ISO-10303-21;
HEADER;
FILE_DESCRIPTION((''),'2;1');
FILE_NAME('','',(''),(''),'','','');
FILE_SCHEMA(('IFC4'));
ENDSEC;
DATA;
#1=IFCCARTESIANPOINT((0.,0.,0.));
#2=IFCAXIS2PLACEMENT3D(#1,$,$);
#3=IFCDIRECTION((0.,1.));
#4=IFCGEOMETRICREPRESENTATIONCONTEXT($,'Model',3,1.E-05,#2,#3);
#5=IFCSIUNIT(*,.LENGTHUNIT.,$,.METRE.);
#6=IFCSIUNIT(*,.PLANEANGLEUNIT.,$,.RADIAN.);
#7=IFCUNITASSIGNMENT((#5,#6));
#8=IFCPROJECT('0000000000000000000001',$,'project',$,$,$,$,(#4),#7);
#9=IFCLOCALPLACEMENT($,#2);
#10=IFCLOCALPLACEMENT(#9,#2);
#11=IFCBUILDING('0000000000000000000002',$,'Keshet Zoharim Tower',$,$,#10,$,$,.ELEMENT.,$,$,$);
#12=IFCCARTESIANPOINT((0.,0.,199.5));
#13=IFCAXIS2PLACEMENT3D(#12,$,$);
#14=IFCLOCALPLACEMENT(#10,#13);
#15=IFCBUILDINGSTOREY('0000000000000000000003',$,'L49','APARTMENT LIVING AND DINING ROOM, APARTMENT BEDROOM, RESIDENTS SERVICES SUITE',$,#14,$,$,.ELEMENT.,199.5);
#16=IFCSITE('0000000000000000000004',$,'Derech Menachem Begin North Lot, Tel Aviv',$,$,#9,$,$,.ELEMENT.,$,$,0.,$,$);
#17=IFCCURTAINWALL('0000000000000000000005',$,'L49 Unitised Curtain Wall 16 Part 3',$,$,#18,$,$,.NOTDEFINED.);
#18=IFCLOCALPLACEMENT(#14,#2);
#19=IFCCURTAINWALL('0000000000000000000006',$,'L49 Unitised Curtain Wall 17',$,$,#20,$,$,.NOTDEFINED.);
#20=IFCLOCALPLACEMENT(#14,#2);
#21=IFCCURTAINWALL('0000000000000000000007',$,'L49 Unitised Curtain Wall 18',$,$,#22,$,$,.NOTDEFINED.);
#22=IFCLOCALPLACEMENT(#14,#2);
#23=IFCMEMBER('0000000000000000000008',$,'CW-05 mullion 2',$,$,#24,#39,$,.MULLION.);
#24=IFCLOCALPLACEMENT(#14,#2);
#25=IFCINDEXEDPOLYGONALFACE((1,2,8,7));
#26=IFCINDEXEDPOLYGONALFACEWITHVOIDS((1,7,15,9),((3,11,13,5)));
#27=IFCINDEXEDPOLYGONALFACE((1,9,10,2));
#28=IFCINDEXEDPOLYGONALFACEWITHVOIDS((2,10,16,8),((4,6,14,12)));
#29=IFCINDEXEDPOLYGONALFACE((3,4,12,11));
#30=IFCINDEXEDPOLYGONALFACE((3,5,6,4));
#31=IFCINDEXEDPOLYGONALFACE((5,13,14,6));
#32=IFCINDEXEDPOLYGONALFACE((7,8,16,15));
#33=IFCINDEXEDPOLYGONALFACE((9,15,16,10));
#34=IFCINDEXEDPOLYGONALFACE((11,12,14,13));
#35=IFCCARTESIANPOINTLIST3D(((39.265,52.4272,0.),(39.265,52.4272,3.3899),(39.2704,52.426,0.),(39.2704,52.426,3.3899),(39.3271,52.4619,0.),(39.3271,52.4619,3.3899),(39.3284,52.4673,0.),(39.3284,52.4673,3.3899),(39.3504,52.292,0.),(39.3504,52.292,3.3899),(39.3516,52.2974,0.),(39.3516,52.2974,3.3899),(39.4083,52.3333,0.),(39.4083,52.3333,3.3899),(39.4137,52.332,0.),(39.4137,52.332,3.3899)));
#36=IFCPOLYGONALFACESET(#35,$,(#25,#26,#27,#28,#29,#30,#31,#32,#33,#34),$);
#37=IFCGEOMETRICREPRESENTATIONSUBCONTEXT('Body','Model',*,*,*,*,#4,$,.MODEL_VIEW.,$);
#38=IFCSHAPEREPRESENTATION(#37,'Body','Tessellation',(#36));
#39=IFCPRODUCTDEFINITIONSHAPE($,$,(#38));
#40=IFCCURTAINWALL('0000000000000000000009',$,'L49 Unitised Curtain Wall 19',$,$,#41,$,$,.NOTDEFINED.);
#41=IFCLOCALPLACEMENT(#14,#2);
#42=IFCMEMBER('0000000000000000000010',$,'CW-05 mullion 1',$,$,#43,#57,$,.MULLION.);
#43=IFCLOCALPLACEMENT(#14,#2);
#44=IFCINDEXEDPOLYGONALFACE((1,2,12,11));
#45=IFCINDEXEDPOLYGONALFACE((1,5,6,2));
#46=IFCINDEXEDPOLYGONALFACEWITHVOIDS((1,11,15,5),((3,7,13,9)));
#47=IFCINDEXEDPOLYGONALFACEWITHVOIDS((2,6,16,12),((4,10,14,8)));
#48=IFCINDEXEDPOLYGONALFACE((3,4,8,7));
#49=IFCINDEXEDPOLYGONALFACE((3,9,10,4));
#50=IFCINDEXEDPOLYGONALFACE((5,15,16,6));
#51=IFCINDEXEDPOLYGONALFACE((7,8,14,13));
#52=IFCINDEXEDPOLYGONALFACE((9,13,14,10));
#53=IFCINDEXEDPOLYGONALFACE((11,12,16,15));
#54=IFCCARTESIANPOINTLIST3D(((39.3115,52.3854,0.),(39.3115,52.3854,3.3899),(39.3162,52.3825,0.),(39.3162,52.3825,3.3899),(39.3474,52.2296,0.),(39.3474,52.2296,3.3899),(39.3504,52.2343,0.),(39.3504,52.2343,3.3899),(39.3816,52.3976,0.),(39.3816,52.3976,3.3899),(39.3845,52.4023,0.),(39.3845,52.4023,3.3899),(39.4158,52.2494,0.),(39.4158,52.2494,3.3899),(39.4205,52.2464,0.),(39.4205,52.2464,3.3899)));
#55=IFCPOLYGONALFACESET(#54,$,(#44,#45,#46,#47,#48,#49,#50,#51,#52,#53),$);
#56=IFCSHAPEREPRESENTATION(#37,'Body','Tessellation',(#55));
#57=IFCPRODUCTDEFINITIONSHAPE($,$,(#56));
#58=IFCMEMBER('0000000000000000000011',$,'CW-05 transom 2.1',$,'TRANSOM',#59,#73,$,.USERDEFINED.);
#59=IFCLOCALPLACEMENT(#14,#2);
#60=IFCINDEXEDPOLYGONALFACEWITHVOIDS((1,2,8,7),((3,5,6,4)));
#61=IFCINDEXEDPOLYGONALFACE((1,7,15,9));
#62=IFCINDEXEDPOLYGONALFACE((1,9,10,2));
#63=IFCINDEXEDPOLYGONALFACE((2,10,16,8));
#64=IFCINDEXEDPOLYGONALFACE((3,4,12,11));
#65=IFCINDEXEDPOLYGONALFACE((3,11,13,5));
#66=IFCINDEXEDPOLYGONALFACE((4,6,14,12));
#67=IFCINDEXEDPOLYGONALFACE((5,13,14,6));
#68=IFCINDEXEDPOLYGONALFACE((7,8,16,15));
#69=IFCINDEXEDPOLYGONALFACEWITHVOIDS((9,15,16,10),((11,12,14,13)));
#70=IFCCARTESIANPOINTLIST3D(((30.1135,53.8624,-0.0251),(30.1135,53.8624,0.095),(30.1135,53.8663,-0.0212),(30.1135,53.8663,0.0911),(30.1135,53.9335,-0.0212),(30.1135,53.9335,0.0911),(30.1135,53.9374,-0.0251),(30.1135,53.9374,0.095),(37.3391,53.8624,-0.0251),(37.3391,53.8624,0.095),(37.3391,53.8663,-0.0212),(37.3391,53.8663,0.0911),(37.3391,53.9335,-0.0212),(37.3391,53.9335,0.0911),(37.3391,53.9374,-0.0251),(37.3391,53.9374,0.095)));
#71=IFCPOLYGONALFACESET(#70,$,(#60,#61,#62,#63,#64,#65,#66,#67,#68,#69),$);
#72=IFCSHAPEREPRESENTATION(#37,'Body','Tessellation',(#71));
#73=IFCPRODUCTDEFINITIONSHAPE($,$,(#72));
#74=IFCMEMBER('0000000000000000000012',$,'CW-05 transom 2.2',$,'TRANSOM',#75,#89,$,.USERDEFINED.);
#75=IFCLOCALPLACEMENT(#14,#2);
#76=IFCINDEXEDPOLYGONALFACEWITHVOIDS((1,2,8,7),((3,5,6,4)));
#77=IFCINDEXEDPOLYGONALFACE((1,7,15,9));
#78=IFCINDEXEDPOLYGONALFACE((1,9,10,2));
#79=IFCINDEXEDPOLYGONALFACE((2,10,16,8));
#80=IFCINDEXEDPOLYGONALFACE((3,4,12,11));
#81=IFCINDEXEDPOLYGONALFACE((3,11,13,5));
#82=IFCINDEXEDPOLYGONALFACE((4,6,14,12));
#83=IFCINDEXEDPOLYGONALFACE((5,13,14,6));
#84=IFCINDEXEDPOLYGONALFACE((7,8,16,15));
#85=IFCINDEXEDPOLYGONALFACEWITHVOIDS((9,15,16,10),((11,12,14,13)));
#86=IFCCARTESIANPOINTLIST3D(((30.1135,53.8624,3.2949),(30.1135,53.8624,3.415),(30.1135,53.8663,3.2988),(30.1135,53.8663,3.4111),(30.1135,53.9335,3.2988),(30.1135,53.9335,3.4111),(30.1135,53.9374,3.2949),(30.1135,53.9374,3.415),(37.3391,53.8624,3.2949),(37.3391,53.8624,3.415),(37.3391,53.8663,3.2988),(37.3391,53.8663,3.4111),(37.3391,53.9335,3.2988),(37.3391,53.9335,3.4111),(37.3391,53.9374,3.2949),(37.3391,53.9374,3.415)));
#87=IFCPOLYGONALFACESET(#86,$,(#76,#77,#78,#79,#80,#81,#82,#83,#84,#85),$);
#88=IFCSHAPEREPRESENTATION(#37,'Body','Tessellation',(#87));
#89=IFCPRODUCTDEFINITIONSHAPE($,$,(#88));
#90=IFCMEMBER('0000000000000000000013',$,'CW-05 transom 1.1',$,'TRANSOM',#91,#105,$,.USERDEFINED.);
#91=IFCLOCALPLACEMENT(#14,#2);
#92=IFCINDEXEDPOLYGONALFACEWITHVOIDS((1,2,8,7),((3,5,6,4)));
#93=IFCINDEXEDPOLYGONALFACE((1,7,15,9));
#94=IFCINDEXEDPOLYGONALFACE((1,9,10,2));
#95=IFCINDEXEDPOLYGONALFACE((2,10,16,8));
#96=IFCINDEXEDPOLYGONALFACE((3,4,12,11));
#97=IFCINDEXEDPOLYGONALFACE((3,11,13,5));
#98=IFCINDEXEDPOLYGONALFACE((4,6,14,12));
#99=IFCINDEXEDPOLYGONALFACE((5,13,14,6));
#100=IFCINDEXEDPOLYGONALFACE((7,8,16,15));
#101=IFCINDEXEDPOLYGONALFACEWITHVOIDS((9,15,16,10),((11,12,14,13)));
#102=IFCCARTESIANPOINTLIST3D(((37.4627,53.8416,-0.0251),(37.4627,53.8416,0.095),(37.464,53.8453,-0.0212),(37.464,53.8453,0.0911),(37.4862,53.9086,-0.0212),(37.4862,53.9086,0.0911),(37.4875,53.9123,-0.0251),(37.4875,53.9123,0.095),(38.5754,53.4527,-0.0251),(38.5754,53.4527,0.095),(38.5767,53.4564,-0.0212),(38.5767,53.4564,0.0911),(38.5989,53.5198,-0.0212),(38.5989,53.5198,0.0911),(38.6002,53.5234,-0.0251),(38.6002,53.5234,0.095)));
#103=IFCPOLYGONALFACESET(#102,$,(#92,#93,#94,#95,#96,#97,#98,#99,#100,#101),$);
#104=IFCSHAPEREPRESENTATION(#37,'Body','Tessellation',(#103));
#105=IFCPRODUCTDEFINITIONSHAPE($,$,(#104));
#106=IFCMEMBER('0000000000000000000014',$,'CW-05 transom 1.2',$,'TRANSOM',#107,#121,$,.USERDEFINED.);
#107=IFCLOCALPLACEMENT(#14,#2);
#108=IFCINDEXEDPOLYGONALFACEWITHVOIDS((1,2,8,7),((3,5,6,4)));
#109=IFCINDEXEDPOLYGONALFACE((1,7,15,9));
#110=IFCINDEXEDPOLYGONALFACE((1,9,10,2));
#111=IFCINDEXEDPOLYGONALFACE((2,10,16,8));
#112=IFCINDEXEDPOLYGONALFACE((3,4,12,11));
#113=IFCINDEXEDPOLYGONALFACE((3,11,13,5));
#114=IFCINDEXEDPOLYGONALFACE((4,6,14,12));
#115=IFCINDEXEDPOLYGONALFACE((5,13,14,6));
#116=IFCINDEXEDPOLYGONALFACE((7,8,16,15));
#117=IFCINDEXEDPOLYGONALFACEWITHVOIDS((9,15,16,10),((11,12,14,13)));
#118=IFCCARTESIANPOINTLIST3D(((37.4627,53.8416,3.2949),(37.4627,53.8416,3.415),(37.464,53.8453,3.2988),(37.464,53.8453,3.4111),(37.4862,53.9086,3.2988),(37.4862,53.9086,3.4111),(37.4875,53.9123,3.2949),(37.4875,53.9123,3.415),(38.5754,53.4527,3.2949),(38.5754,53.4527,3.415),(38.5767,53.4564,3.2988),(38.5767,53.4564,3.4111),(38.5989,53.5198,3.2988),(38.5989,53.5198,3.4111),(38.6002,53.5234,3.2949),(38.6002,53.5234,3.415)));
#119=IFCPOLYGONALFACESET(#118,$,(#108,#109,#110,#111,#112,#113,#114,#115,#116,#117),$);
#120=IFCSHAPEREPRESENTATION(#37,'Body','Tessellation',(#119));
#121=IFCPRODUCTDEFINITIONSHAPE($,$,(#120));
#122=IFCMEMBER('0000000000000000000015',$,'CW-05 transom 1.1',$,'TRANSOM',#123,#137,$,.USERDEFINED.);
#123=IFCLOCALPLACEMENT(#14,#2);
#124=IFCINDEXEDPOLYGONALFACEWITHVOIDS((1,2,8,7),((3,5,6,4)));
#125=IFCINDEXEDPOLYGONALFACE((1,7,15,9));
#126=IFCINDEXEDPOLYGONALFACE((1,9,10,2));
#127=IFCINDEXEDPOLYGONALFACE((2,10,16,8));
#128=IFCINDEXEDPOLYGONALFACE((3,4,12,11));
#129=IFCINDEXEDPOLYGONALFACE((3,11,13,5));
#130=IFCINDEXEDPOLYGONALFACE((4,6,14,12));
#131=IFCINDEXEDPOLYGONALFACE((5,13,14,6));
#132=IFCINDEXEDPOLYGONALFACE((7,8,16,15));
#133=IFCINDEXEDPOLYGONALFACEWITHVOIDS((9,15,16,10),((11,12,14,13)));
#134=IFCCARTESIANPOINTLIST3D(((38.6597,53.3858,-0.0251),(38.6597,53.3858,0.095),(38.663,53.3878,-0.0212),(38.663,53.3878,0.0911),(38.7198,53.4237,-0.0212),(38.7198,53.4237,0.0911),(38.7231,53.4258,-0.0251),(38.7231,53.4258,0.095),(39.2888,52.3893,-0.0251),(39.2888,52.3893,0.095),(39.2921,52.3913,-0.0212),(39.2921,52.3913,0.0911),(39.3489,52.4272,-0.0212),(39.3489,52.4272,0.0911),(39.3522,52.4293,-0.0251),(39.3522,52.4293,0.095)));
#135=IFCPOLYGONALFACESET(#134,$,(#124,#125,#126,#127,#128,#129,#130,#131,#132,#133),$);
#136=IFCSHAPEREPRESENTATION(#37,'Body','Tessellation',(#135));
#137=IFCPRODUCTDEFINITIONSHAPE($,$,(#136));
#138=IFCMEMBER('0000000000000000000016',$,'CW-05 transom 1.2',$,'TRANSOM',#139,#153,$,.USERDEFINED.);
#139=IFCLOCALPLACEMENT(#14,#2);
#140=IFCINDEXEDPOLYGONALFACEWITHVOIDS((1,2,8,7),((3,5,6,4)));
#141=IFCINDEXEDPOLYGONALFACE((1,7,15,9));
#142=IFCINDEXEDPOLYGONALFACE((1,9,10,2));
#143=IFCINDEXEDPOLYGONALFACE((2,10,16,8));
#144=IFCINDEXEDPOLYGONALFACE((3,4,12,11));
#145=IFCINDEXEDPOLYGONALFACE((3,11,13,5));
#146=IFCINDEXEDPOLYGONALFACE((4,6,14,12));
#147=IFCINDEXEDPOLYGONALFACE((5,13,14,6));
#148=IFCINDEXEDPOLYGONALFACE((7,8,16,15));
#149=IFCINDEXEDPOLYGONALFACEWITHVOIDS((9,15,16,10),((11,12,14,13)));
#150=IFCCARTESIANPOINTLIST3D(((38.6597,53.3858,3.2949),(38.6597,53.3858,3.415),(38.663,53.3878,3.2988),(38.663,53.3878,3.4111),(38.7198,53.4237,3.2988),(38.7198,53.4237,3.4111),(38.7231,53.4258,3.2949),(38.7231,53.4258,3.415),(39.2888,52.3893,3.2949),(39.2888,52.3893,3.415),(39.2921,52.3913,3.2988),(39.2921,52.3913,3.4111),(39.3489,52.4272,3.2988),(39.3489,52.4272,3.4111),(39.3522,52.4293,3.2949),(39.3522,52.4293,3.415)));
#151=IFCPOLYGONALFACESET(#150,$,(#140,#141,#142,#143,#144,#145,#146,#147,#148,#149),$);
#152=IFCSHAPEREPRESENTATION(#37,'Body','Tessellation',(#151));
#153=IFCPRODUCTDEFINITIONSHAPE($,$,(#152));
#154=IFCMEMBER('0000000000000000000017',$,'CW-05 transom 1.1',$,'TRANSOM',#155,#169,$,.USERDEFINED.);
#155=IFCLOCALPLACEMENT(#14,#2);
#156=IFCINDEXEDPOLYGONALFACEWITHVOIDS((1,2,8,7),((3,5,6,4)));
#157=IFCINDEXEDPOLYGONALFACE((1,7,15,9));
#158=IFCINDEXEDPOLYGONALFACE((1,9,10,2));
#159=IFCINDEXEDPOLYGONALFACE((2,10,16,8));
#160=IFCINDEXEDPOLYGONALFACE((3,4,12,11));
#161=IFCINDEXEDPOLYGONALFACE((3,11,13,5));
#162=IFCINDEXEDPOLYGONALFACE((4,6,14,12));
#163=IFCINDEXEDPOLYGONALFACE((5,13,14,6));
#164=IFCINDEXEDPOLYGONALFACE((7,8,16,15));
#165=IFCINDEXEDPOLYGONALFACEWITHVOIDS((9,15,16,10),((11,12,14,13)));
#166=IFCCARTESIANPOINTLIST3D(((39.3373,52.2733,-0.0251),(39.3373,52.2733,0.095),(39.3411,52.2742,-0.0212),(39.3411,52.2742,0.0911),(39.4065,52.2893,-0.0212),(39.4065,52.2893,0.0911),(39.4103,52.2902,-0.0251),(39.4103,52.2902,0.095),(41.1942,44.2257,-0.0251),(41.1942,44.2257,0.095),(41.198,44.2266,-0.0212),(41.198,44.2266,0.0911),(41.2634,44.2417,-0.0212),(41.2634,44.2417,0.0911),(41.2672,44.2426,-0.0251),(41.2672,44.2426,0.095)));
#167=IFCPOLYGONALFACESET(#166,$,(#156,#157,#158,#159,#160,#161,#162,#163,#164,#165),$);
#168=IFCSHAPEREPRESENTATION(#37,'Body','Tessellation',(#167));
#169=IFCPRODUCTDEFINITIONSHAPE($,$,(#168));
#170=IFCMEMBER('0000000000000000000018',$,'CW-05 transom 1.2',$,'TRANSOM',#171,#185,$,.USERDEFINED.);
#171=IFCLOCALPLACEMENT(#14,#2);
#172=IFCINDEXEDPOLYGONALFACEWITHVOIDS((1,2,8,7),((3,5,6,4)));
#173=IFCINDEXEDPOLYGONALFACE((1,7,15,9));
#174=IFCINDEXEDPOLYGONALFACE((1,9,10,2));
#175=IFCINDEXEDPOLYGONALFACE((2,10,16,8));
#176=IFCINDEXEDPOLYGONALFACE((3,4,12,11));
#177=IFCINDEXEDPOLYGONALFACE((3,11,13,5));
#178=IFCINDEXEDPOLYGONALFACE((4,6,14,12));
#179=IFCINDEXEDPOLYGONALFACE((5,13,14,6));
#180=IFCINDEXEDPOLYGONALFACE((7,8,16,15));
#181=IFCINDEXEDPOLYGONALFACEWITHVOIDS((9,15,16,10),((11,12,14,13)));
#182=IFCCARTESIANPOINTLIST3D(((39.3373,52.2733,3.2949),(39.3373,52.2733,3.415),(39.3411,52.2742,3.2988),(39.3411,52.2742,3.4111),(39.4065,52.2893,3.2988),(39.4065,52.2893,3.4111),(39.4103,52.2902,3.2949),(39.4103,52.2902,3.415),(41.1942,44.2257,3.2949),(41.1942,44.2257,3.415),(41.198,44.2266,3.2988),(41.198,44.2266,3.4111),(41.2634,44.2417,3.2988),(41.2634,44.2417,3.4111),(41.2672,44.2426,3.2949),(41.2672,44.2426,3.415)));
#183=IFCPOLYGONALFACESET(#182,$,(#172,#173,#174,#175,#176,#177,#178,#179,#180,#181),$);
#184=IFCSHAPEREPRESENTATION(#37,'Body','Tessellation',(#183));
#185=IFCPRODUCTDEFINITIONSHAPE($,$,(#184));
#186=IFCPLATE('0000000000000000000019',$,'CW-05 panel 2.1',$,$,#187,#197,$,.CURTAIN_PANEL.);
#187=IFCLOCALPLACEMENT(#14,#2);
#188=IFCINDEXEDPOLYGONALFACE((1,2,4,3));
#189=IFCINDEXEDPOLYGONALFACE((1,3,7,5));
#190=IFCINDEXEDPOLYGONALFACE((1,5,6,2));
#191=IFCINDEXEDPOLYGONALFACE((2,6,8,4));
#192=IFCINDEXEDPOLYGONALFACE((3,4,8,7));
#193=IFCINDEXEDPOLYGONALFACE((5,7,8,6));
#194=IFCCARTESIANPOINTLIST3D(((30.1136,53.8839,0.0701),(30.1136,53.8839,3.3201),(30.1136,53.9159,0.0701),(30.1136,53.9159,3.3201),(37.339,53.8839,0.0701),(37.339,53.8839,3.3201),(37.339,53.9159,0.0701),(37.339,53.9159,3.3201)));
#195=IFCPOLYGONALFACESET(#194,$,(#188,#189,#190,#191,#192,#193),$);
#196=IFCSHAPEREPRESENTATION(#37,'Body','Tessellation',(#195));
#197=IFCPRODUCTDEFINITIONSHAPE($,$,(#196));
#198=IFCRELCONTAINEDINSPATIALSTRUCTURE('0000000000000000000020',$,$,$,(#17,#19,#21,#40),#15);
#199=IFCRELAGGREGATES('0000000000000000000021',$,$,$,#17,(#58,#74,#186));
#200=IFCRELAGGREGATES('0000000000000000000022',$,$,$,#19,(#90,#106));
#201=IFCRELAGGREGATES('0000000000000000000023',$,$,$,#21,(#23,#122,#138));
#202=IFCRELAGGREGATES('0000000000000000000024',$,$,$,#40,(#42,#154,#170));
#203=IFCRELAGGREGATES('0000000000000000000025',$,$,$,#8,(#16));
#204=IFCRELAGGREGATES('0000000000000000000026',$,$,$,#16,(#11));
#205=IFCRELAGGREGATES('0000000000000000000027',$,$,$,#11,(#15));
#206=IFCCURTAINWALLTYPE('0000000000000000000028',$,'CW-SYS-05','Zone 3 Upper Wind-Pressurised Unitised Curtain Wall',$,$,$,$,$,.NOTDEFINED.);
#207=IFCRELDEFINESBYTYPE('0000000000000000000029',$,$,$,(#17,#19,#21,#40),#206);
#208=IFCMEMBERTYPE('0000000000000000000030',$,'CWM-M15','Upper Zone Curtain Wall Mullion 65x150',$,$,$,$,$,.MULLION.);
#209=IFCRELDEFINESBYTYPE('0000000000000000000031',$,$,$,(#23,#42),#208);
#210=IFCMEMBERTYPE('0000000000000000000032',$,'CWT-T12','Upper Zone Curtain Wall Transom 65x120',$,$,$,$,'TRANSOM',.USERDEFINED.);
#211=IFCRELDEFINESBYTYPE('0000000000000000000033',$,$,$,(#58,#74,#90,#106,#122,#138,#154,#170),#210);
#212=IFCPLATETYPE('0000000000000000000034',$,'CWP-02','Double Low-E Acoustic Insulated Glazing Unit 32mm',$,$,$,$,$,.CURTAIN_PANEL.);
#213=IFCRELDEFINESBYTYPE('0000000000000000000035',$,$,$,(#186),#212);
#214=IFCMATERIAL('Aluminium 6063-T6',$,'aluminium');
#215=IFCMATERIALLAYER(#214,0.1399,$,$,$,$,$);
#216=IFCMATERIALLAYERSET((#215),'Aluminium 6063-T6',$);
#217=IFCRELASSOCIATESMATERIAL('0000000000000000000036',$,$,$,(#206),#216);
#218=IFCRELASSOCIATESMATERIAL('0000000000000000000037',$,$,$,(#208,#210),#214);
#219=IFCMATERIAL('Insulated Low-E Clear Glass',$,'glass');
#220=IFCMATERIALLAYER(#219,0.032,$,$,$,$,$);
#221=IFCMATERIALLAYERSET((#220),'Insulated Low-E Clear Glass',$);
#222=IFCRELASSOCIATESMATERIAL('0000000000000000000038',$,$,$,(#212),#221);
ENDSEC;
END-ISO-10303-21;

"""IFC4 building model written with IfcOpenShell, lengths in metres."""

from ifc_helpers import new_model, si_unit, direction, frame, origin, origin_2d, place, context, subcontext, project, spatial, rectangle, hollow_rectangle, extrude, material, layer, layer_set, material_profile, profile_set, type_object, element, aggregate, save


model = new_model("IFC4")

# Units and contexts
model_context = context("Model", 3, precision=1e-05, world=origin(), true_north=direction((0.0, 1.0)))
body_context = subcontext(model_context, "Body", "Model", "MODEL_VIEW")
ifc_project = project(units=[si_unit("LENGTHUNIT", "METRE"), si_unit("PLANEANGLEUNIT", "RADIAN")], contexts=[model_context])

# Site, building, storey
site_placement = place(None, origin())
site = spatial("IfcSite", under=ifc_project, at=site_placement, Name="Derech Menachem Begin North Lot, Tel Aviv", CompositionType="ELEMENT", RefElevation=0.0)
building_placement = place(site_placement, origin())
building = spatial("IfcBuilding", under=site, at=building_placement, Name="Keshet Zoharim Tower", CompositionType="ELEMENT")
storey_placement = place(building_placement, frame((0.0, 0.0, 199.5)))
storey = spatial("IfcBuildingStorey", under=building, at=storey_placement, Name="L49", Description="APARTMENT LIVING AND DINING ROOM, APARTMENT BEDROOM, RESIDENTS SERVICES SUITE", CompositionType="ELEMENT", Elevation=199.5)

# Curtain walls, member
ifc_material_1 = material(Name="Aluminium 6063-T6", Category="aluminium")
ifc_layer_1 = layer(ifc_material_1, 0.1399)
ifc_layer_set_1 = layer_set([ifc_layer_1], Name="Aluminium 6063-T6")
curtain_wall_type = type_object("IfcCurtainWallType", Name="CW-SYS-05", Description="Zone 3 Upper Wind-Pressurised Unitised Curtain Wall", PredefinedType="NOTDEFINED", material=ifc_layer_set_1)
curtain_wall_1_placement = place(storey_placement, origin())
curtain_wall_1 = element("IfcCurtainWall", 1, at=curtain_wall_1_placement, inside=storey, type_object=curtain_wall_type, Name="L49 Unitised Curtain Wall 16 Part 3", PredefinedType="NOTDEFINED")
ifc_material_profile_1 = material_profile(ifc_material_1, hollow_rectangle(XDim=0.075, YDim=0.1599, WallThickness=0.0039, at=origin_2d()), Name="MUL-75x160")
ifc_profile_set_1 = profile_set([ifc_material_profile_1], Name="Aluminium 6063-T6")
member_type_1 = type_object("IfcMemberType", Name="CWM-M15", Description="Upper Zone Curtain Wall Mullion 65x150", PredefinedType="MULLION", material=ifc_profile_set_1)
curtain_wall_2_placement = place(storey_placement, origin())
curtain_wall_2 = element("IfcCurtainWall", 2, at=curtain_wall_2_placement, inside=storey, type_object=curtain_wall_type, Name="L49 Unitised Curtain Wall 17", PredefinedType="NOTDEFINED")
curtain_wall_3_placement = place(storey_placement, origin())
curtain_wall_3 = element("IfcCurtainWall", 3, at=curtain_wall_3_placement, inside=storey, type_object=curtain_wall_type, Name="L49 Unitised Curtain Wall 18", PredefinedType="NOTDEFINED")
member_1_placement = place(storey_placement, frame((39.3394, 52.3796, 0.0), z_axis=(0.0, 0.0, 1.0), x_axis=(0.845561, 0.533879, 0.0)))
member_1 = element("IfcMember", 4, at=member_1_placement, type_object=member_type_1, Name="CW-05 mullion 2", PredefinedType="MULLION", context=body_context, shape_type="SweptSolid", body=[
    extrude(hollow_rectangle(XDim=0.075, YDim=0.1599, WallThickness=0.0039, at=origin_2d()), origin(), (0.0, 0.0, 1.0), 3.3899),
])

# Curtain wall, member
curtain_wall_4_placement = place(storey_placement, origin())
curtain_wall_4 = element("IfcCurtainWall", 5, at=curtain_wall_4_placement, inside=storey, type_object=curtain_wall_type, Name="L49 Unitised Curtain Wall 19", PredefinedType="NOTDEFINED")
member_2_placement = place(storey_placement, frame((39.366, 52.3159, 0.0), z_axis=(0.0, 0.0, 1.0), x_axis=(0.974394, 0.224848, 0.0)))
member_2 = element("IfcMember", 6, at=member_2_placement, type_object=member_type_1, Name="CW-05 mullion 1", PredefinedType="MULLION", context=body_context, shape_type="SweptSolid", body=[
    extrude(hollow_rectangle(XDim=0.075, YDim=0.1599, WallThickness=0.0039, at=origin_2d()), origin(), (0.0, 0.0, 1.0), 3.3899),
])

# Members
ifc_material_profile_2 = material_profile(ifc_material_1, hollow_rectangle(XDim=0.075, YDim=0.1201, WallThickness=0.0039, at=origin_2d()), Name="TRN-75x120")
ifc_profile_set_2 = profile_set([ifc_material_profile_2], Name="Aluminium 6063-T6")
member_type_2 = type_object("IfcMemberType", Name="CWT-T12", Description="Upper Zone Curtain Wall Transom 65x120", ElementType="TRANSOM", PredefinedType="USERDEFINED", material=ifc_profile_set_2)
member_3_placement = place(storey_placement, frame((30.1135, 53.8999, 0.0349), z_axis=(1.0, 0.0, 0.0), x_axis=(0.0, 1.0, 0.0)))
member_3 = element("IfcMember", 7, at=member_3_placement, type_object=member_type_2, Name="CW-05 transom 2.1", ObjectType="TRANSOM", PredefinedType="USERDEFINED", context=body_context, shape_type="SweptSolid", body=[
    extrude(hollow_rectangle(XDim=0.075, YDim=0.1201, WallThickness=0.0039, at=origin_2d()), origin(), (0.0, 0.0, 1.0), 7.2256),
])
member_4_placement = place(storey_placement, frame((30.1135, 53.8999, 3.355), z_axis=(1.0, 0.0, 0.0), x_axis=(0.0, 1.0, 0.0)))
member_4 = element("IfcMember", 8, at=member_4_placement, type_object=member_type_2, Name="CW-05 transom 2.2", ObjectType="TRANSOM", PredefinedType="USERDEFINED", context=body_context, shape_type="SweptSolid", body=[
    extrude(hollow_rectangle(XDim=0.075, YDim=0.1201, WallThickness=0.0039, at=origin_2d()), origin(), (0.0, 0.0, 1.0), 7.2256),
])
member_5_placement = place(storey_placement, frame((37.4751, 53.877, 0.0349), z_axis=(0.944007, -0.329926, 0.0), x_axis=(0.329926, 0.944007, 0.0)))
member_5 = element("IfcMember", 9, at=member_5_placement, type_object=member_type_2, Name="CW-05 transom 1.1", ObjectType="TRANSOM", PredefinedType="USERDEFINED", context=body_context, shape_type="SweptSolid", body=[
    extrude(hollow_rectangle(XDim=0.075, YDim=0.1201, WallThickness=0.0039, at=origin_2d()), origin(), (0.0, 0.0, 1.0), 1.1787),
])
member_6_placement = place(storey_placement, frame((37.4751, 53.877, 3.355), z_axis=(0.944007, -0.329926, 0.0), x_axis=(0.329926, 0.944007, 0.0)))
member_6 = element("IfcMember", 10, at=member_6_placement, type_object=member_type_2, Name="CW-05 transom 1.2", ObjectType="TRANSOM", PredefinedType="USERDEFINED", context=body_context, shape_type="SweptSolid", body=[
    extrude(hollow_rectangle(XDim=0.075, YDim=0.1201, WallThickness=0.0039, at=origin_2d()), origin(), (0.0, 0.0, 1.0), 1.1787),
])
member_7_placement = place(storey_placement, frame((38.6914, 53.4058, 0.0349), z_axis=(0.533829, -0.845592, 0.0), x_axis=(0.845592, 0.533829, 0.0)))
member_7 = element("IfcMember", 11, at=member_7_placement, type_object=member_type_2, Name="CW-05 transom 1.1", ObjectType="TRANSOM", PredefinedType="USERDEFINED", context=body_context, shape_type="SweptSolid", body=[
    extrude(hollow_rectangle(XDim=0.075, YDim=0.1201, WallThickness=0.0039, at=origin_2d()), origin(), (0.0, 0.0, 1.0), 1.1785),
])
member_8_placement = place(storey_placement, frame((38.6914, 53.4058, 3.355), z_axis=(0.533829, -0.845592, 0.0), x_axis=(0.845592, 0.533829, 0.0)))
member_8 = element("IfcMember", 12, at=member_8_placement, type_object=member_type_2, Name="CW-05 transom 1.2", ObjectType="TRANSOM", PredefinedType="USERDEFINED", context=body_context, shape_type="SweptSolid", body=[
    extrude(hollow_rectangle(XDim=0.075, YDim=0.1201, WallThickness=0.0039, at=origin_2d()), origin(), (0.0, 0.0, 1.0), 1.1785),
])
member_9_placement = place(storey_placement, frame((39.3738, 52.2817, 0.0349), z_axis=(0.224836, -0.974397, 0.0), x_axis=(0.974397, 0.224836, 0.0)))
member_9 = element("IfcMember", 13, at=member_9_placement, type_object=member_type_2, Name="CW-05 transom 1.1", ObjectType="TRANSOM", PredefinedType="USERDEFINED", context=body_context, shape_type="SweptSolid", body=[
    extrude(hollow_rectangle(XDim=0.075, YDim=0.1201, WallThickness=0.0039, at=origin_2d()), origin(), (0.0, 0.0, 1.0), 8.259),
])
member_10_placement = place(storey_placement, frame((39.3738, 52.2817, 3.355), z_axis=(0.224836, -0.974397, 0.0), x_axis=(0.974397, 0.224836, 0.0)))
member_10 = element("IfcMember", 14, at=member_10_placement, type_object=member_type_2, Name="CW-05 transom 1.2", ObjectType="TRANSOM", PredefinedType="USERDEFINED", context=body_context, shape_type="SweptSolid", body=[
    extrude(hollow_rectangle(XDim=0.075, YDim=0.1201, WallThickness=0.0039, at=origin_2d()), origin(), (0.0, 0.0, 1.0), 8.259),
])

# Plate
ifc_material_2 = material(Name="Insulated Low-E Clear Glass", Category="glass")
ifc_layer_2 = layer(ifc_material_2, 0.032)
ifc_layer_set_2 = layer_set([ifc_layer_2], Name="Insulated Low-E Clear Glass")
plate_type = type_object("IfcPlateType", Name="CWP-02", Description="Double Low-E Acoustic Insulated Glazing Unit 32mm", PredefinedType="CURTAIN_PANEL", material=ifc_layer_set_2)
plate_1_placement = place(storey_placement, frame((33.7263, 53.8999, 0.0701), z_axis=(0.0, 0.0, 1.0), x_axis=(1.0, 0.0, 0.0)))
plate_1 = element("IfcPlate", 15, at=plate_1_placement, type_object=plate_type, Name="CW-05 panel 2.1", PredefinedType="CURTAIN_PANEL", context=body_context, shape_type="SweptSolid", body=[
    extrude(rectangle(XDim=7.2253, YDim=0.032, at=origin_2d()), origin(), (0.0, 0.0, 1.0), 3.25),
])
aggregate(curtain_wall_1, [member_3, member_4, plate_1])
aggregate(curtain_wall_2, [member_5, member_6])
aggregate(curtain_wall_3, [member_1, member_7, member_8])
aggregate(curtain_wall_4, [member_2, member_9, member_10])

save(model, "model.ifc")
